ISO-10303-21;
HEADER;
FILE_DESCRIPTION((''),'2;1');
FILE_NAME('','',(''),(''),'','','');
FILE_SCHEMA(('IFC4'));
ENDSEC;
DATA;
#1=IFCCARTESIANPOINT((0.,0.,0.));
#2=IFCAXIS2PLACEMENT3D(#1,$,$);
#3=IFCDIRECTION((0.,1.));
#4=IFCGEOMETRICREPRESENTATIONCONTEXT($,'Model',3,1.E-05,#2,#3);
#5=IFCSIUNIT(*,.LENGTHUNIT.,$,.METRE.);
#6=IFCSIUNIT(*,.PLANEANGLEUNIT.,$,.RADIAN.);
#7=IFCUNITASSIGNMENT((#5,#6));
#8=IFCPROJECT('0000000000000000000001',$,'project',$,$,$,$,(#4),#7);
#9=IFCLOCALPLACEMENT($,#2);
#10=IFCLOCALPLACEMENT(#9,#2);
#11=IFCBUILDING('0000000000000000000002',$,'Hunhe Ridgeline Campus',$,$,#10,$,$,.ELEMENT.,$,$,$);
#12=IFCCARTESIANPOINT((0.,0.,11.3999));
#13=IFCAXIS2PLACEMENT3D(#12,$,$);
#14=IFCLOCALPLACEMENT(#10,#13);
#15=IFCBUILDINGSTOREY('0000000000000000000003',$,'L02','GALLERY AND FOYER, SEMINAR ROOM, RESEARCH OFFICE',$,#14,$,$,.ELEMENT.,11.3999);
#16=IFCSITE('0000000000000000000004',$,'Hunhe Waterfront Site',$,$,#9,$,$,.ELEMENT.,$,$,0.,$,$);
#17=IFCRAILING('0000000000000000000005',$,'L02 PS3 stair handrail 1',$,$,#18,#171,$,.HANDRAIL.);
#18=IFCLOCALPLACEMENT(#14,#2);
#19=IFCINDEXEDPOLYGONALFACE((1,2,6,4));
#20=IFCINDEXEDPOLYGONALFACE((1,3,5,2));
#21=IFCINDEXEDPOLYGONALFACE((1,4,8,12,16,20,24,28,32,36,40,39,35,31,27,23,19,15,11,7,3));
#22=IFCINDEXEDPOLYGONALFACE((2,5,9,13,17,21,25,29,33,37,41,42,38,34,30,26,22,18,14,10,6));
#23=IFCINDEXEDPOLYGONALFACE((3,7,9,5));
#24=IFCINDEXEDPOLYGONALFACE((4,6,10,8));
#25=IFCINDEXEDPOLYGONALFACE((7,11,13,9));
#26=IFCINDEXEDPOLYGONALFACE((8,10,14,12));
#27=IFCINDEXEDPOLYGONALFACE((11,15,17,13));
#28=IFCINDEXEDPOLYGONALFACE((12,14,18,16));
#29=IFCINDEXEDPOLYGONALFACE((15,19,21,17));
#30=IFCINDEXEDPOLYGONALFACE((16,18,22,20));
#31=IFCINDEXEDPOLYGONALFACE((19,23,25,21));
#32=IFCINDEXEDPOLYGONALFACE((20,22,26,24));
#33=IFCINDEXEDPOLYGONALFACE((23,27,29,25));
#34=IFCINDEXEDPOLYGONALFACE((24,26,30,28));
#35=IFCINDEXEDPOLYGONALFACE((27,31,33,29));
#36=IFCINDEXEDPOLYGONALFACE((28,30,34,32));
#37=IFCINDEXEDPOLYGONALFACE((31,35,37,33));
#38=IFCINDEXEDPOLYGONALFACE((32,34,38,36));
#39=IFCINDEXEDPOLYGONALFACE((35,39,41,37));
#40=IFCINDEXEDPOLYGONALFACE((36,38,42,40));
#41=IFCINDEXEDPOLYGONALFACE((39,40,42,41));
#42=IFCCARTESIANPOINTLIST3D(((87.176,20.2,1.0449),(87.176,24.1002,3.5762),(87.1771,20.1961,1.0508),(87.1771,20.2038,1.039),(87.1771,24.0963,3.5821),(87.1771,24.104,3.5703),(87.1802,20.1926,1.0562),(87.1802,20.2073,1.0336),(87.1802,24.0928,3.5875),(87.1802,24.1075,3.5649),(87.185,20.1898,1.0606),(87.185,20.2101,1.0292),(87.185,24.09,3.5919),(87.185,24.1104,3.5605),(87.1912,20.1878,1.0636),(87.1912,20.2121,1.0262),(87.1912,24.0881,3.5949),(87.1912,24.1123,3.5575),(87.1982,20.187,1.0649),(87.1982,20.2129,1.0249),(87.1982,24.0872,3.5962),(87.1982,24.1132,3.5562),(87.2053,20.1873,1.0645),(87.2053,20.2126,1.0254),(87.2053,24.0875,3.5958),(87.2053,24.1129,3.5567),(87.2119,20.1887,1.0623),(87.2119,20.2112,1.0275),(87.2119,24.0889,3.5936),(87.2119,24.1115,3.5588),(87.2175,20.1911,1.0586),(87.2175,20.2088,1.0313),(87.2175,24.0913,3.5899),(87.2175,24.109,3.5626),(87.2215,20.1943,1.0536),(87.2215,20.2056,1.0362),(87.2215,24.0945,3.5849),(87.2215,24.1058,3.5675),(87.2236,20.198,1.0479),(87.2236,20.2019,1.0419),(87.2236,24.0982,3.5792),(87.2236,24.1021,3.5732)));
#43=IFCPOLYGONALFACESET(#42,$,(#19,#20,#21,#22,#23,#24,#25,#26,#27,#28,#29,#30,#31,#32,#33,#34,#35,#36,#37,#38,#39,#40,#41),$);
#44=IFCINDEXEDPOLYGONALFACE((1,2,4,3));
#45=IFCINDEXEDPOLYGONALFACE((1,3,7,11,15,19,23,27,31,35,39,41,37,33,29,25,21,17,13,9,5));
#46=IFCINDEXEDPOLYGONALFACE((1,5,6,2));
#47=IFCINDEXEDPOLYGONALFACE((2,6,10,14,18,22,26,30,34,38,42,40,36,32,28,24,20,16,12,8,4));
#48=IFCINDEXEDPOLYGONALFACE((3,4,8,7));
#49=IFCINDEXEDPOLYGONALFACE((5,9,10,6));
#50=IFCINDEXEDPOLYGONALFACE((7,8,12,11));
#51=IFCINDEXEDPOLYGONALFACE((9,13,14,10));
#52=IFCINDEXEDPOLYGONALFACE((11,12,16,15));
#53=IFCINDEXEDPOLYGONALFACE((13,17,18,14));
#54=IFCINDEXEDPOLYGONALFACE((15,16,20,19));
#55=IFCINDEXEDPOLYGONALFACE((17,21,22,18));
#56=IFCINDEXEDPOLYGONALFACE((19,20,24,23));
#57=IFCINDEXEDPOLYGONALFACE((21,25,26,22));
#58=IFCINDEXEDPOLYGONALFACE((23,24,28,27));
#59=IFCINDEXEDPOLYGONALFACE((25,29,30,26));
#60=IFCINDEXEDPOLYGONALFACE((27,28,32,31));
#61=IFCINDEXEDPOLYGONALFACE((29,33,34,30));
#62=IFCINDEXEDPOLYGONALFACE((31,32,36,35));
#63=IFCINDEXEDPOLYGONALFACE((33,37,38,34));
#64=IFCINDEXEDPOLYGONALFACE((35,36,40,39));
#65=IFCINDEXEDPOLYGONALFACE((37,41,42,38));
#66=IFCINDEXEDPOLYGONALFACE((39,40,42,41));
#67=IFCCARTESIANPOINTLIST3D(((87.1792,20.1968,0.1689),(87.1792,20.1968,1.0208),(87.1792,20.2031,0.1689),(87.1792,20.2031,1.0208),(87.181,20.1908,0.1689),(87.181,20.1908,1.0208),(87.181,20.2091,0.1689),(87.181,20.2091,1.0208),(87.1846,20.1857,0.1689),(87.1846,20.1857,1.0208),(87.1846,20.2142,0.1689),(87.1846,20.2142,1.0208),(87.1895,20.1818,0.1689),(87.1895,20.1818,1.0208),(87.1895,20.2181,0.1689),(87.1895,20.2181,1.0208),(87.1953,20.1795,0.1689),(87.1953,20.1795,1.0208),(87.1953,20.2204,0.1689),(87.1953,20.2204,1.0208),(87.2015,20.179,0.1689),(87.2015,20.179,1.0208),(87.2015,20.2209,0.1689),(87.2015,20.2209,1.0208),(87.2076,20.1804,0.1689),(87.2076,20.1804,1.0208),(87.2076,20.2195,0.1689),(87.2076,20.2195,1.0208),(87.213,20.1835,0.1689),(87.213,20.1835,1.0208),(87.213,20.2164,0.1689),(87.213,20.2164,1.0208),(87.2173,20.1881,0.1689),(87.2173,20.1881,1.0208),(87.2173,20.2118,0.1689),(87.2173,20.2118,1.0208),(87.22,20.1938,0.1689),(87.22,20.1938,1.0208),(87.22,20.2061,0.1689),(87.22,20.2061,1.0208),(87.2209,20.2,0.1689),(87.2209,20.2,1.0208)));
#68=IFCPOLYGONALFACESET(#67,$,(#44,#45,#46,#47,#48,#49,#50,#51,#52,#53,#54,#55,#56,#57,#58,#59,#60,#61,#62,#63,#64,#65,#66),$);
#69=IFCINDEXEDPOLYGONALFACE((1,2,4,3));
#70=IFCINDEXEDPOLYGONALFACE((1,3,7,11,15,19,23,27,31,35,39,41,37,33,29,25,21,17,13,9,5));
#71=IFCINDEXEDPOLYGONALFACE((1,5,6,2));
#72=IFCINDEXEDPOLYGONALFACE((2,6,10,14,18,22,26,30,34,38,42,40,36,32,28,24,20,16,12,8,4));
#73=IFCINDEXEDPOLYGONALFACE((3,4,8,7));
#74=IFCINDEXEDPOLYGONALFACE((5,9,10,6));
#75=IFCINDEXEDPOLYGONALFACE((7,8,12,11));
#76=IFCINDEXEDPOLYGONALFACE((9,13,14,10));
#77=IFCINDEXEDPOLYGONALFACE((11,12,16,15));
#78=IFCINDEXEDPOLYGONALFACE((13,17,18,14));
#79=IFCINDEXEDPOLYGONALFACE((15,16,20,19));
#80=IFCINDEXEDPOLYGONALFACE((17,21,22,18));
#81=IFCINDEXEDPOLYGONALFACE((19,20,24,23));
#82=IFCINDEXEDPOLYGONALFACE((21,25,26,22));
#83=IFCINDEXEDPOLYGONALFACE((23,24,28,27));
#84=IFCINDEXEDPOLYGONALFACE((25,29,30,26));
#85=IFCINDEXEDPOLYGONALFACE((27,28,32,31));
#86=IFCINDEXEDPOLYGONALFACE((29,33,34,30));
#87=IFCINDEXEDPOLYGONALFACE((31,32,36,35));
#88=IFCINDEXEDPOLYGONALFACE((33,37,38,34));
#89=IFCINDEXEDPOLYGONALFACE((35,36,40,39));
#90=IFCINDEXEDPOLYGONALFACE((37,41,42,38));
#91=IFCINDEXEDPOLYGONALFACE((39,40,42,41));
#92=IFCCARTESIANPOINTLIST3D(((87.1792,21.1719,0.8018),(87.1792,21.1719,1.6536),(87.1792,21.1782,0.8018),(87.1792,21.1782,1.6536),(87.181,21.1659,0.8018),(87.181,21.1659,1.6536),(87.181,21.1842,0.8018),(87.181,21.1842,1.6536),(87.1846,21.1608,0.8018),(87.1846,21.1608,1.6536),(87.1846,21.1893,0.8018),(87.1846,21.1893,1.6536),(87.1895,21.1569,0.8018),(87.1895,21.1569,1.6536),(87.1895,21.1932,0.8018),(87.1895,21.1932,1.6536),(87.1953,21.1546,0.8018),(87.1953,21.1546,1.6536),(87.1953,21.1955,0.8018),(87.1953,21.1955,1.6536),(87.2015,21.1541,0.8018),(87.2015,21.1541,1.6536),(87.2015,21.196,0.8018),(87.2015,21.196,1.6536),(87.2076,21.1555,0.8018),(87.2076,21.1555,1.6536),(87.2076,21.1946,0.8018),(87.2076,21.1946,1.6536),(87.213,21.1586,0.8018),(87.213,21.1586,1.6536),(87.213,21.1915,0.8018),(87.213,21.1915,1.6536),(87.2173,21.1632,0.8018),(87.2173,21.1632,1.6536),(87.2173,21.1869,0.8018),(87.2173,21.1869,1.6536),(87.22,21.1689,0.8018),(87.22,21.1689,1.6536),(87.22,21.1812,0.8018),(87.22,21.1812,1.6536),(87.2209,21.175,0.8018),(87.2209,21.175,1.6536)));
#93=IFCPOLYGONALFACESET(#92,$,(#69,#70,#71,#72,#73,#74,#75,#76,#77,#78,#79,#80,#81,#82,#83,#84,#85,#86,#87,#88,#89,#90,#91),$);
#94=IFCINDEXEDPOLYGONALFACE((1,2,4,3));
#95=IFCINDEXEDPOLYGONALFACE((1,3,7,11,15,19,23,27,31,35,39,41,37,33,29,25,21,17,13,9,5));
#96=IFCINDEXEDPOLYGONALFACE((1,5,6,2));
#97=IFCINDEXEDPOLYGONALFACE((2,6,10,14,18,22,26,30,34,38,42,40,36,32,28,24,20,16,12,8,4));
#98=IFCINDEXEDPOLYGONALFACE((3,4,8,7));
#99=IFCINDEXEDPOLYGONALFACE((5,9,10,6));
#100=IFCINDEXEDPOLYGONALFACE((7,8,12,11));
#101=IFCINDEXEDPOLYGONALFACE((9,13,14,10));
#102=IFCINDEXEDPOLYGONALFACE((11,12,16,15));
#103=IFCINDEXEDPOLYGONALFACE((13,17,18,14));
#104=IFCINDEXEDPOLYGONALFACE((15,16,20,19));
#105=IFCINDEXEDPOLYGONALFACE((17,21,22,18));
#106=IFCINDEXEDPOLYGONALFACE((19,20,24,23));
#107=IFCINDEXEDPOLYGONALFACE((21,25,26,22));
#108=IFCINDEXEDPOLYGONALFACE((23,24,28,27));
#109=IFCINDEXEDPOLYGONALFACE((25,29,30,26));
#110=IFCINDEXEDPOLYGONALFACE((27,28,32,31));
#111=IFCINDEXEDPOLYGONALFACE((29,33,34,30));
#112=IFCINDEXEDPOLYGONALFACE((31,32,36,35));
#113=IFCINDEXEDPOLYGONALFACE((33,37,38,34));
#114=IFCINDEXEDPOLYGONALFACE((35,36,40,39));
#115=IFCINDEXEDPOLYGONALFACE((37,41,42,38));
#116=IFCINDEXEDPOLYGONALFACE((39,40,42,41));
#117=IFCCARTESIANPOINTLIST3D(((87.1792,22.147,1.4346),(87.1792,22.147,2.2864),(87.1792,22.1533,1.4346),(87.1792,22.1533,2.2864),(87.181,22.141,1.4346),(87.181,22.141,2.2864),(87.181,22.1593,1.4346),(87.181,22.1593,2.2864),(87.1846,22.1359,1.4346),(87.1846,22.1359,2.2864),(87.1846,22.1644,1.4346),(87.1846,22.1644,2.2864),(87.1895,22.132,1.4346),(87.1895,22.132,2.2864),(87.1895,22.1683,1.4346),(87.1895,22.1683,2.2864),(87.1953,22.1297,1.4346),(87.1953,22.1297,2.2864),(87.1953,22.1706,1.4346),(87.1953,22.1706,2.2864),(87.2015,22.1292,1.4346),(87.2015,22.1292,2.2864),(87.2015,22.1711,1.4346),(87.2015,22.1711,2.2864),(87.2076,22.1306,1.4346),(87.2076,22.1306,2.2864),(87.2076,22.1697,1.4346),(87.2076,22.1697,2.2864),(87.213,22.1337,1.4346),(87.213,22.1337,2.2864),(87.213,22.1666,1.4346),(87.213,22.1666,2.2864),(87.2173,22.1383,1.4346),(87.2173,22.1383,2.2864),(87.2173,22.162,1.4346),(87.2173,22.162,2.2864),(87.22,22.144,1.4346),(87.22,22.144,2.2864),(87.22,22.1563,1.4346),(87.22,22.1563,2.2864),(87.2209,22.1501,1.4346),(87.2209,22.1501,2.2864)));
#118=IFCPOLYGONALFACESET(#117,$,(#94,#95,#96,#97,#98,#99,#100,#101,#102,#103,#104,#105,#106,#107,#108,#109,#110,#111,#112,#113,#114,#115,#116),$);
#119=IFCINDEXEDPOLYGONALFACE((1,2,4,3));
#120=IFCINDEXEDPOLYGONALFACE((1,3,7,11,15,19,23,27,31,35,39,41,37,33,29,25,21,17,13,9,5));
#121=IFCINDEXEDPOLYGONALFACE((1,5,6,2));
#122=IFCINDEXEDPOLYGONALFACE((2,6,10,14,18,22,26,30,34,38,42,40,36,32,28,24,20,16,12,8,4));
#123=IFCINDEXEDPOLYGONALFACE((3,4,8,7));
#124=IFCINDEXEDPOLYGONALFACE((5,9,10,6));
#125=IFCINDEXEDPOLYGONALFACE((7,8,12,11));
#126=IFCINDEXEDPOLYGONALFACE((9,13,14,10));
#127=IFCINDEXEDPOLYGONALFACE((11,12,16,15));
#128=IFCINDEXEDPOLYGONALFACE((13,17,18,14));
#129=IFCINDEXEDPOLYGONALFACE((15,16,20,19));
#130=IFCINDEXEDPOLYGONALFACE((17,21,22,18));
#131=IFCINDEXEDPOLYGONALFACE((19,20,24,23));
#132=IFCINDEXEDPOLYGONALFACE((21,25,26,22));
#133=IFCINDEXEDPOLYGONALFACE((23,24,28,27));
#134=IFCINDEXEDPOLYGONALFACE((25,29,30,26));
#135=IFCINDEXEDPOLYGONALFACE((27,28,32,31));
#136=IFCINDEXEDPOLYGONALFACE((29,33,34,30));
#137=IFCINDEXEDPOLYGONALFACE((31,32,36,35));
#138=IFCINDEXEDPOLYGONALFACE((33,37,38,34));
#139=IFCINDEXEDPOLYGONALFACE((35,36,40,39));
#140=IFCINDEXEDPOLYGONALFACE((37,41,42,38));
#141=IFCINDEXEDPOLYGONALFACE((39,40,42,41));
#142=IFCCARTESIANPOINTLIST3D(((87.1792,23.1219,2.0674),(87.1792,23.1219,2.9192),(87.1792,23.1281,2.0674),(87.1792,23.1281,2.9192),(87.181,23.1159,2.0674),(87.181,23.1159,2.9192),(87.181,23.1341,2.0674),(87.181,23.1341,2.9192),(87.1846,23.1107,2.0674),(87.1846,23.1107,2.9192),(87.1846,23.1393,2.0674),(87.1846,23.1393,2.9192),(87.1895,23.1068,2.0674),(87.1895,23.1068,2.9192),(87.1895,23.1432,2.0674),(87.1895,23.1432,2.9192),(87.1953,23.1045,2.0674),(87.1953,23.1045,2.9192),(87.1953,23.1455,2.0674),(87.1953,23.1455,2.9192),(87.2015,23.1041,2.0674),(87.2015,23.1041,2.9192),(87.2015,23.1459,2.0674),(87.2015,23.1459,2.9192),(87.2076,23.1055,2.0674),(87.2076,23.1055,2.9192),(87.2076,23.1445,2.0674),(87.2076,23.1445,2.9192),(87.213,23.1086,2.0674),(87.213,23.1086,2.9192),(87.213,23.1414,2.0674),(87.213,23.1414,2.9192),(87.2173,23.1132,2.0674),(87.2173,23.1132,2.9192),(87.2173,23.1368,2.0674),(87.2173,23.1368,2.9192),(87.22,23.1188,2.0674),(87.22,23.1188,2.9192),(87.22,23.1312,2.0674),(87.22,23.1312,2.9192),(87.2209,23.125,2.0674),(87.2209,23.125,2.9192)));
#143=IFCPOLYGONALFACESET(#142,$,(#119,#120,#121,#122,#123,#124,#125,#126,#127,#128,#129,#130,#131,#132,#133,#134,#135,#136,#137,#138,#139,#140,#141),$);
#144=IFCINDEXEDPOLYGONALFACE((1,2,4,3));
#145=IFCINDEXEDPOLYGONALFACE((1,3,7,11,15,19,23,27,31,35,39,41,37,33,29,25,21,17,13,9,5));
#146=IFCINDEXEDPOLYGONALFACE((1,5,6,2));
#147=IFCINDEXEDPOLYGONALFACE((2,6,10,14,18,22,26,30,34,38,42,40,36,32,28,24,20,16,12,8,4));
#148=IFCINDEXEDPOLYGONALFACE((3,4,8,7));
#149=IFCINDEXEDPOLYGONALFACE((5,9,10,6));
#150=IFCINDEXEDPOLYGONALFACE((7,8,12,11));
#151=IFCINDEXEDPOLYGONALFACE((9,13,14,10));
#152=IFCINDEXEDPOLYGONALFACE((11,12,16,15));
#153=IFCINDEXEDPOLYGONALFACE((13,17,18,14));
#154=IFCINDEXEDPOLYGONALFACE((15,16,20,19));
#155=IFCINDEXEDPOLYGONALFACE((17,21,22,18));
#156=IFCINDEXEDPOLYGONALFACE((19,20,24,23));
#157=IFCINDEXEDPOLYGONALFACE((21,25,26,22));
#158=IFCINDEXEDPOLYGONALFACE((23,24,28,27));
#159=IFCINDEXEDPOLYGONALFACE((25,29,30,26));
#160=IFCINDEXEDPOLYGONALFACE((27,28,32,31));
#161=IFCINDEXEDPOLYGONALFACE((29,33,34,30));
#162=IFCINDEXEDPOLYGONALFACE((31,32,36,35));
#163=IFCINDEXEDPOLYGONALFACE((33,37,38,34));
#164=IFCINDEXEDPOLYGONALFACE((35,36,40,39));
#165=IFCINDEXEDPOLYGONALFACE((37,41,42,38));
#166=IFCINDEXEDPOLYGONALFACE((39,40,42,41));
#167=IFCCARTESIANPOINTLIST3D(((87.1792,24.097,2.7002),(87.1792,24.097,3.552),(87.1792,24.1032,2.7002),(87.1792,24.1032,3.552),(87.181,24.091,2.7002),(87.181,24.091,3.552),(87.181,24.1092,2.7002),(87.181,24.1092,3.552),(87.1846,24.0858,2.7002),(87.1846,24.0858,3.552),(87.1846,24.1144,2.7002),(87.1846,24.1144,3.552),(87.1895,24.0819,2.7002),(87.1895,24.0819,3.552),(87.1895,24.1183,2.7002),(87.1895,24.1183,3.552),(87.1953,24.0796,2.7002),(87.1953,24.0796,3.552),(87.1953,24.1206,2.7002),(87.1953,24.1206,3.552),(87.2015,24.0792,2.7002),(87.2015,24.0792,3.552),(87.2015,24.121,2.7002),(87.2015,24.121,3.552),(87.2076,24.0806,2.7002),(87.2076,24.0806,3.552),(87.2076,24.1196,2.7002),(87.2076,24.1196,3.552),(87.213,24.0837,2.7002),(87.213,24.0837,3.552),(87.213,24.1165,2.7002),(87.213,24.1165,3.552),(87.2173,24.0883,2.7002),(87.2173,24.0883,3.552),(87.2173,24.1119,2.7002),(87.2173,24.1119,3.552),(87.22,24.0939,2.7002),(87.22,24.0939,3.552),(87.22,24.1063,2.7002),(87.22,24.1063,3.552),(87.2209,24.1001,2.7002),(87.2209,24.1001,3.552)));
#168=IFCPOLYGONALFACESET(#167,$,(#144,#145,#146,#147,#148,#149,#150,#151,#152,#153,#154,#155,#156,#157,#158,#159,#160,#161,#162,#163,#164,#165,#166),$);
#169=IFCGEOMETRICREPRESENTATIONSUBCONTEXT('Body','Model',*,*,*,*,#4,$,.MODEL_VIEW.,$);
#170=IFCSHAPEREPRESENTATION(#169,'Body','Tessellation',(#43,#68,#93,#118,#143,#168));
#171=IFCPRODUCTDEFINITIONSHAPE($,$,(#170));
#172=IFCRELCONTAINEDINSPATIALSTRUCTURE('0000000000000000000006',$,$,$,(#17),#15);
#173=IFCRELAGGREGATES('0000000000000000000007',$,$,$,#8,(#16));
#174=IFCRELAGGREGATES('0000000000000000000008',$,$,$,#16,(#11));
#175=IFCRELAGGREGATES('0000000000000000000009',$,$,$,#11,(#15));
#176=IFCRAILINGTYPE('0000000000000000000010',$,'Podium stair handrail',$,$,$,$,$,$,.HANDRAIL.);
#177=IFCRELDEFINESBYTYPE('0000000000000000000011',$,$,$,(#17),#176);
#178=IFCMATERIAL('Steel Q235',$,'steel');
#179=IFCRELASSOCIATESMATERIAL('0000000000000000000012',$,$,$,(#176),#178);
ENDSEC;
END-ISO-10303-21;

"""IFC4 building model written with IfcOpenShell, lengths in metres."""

from ifc_helpers import new_model, si_unit, direction, frame, origin, origin_2d, place, context, subcontext, project, spatial, circle, extrude, material, type_object, element, save


model = new_model("IFC4")

# Units and contexts
model_context = context("Model", 3, precision=1e-05, world=origin(), true_north=direction((0.0, 1.0)))
body_context = subcontext(model_context, "Body", "Model", "MODEL_VIEW")
ifc_project = project(units=[si_unit("LENGTHUNIT", "METRE"), si_unit("PLANEANGLEUNIT", "RADIAN")], contexts=[model_context])

# Site, building, storey
site_placement = place(None, origin())
site = spatial("IfcSite", under=ifc_project, at=site_placement, Name="Hunhe Waterfront Site", CompositionType="ELEMENT", RefElevation=0.0)
building_placement = place(site_placement, origin())
building = spatial("IfcBuilding", under=site, at=building_placement, Name="Hunhe Ridgeline Campus", CompositionType="ELEMENT")
storey_placement = place(building_placement, frame((0.0, 0.0, 11.3999)))
storey = spatial("IfcBuildingStorey", under=building, at=storey_placement, Name="L02", Description="GALLERY AND FOYER, SEMINAR ROOM, RESEARCH OFFICE", CompositionType="ELEMENT", Elevation=11.3999)

# Railing
ifc_material_1 = material(Name="Steel Q235", Category="steel")
railing_type_1 = type_object("IfcRailingType", Name="Podium stair handrail", PredefinedType="HANDRAIL", material=ifc_material_1)
railing_1_placement = place(storey_placement, frame((87.2, 20.2, 0.1689)))
element("IfcRailing", 1, at=railing_1_placement, inside=storey, type_object=railing_type_1, Name="L02 PS3 stair handrail 1", PredefinedType="HANDRAIL", context=body_context, shape_type="SweptSolid", body=[
    extrude(circle(Radius=0.0239, at=origin_2d()), frame((0.0, 0.0, 0.876), z_axis=(0.0, 0.838821, 0.544407), x_axis=(-1.0, 0.0, 0.0)), (0.0, 0.0, 1.0), 4.6497),
    extrude(circle(Radius=0.021, at=origin_2d()), origin(), (0.0, 0.0, 1.0), 0.8518),
    extrude(circle(Radius=0.021, at=origin_2d()), frame((0.0, 0.9751, 0.6328)), (0.0, 0.0, 1.0), 0.8518),
    extrude(circle(Radius=0.021, at=origin_2d()), frame((0.0, 1.9502, 1.2656)), (0.0, 0.0, 1.0), 0.8518),
    extrude(circle(Radius=0.021, at=origin_2d()), frame((0.0, 2.925, 1.8984)), (0.0, 0.0, 1.0), 0.8518),
    extrude(circle(Radius=0.021, at=origin_2d()), frame((0.0, 3.9001, 2.5312)), (0.0, 0.0, 1.0), 0.8518),
])

save(model, "model.ifc")
